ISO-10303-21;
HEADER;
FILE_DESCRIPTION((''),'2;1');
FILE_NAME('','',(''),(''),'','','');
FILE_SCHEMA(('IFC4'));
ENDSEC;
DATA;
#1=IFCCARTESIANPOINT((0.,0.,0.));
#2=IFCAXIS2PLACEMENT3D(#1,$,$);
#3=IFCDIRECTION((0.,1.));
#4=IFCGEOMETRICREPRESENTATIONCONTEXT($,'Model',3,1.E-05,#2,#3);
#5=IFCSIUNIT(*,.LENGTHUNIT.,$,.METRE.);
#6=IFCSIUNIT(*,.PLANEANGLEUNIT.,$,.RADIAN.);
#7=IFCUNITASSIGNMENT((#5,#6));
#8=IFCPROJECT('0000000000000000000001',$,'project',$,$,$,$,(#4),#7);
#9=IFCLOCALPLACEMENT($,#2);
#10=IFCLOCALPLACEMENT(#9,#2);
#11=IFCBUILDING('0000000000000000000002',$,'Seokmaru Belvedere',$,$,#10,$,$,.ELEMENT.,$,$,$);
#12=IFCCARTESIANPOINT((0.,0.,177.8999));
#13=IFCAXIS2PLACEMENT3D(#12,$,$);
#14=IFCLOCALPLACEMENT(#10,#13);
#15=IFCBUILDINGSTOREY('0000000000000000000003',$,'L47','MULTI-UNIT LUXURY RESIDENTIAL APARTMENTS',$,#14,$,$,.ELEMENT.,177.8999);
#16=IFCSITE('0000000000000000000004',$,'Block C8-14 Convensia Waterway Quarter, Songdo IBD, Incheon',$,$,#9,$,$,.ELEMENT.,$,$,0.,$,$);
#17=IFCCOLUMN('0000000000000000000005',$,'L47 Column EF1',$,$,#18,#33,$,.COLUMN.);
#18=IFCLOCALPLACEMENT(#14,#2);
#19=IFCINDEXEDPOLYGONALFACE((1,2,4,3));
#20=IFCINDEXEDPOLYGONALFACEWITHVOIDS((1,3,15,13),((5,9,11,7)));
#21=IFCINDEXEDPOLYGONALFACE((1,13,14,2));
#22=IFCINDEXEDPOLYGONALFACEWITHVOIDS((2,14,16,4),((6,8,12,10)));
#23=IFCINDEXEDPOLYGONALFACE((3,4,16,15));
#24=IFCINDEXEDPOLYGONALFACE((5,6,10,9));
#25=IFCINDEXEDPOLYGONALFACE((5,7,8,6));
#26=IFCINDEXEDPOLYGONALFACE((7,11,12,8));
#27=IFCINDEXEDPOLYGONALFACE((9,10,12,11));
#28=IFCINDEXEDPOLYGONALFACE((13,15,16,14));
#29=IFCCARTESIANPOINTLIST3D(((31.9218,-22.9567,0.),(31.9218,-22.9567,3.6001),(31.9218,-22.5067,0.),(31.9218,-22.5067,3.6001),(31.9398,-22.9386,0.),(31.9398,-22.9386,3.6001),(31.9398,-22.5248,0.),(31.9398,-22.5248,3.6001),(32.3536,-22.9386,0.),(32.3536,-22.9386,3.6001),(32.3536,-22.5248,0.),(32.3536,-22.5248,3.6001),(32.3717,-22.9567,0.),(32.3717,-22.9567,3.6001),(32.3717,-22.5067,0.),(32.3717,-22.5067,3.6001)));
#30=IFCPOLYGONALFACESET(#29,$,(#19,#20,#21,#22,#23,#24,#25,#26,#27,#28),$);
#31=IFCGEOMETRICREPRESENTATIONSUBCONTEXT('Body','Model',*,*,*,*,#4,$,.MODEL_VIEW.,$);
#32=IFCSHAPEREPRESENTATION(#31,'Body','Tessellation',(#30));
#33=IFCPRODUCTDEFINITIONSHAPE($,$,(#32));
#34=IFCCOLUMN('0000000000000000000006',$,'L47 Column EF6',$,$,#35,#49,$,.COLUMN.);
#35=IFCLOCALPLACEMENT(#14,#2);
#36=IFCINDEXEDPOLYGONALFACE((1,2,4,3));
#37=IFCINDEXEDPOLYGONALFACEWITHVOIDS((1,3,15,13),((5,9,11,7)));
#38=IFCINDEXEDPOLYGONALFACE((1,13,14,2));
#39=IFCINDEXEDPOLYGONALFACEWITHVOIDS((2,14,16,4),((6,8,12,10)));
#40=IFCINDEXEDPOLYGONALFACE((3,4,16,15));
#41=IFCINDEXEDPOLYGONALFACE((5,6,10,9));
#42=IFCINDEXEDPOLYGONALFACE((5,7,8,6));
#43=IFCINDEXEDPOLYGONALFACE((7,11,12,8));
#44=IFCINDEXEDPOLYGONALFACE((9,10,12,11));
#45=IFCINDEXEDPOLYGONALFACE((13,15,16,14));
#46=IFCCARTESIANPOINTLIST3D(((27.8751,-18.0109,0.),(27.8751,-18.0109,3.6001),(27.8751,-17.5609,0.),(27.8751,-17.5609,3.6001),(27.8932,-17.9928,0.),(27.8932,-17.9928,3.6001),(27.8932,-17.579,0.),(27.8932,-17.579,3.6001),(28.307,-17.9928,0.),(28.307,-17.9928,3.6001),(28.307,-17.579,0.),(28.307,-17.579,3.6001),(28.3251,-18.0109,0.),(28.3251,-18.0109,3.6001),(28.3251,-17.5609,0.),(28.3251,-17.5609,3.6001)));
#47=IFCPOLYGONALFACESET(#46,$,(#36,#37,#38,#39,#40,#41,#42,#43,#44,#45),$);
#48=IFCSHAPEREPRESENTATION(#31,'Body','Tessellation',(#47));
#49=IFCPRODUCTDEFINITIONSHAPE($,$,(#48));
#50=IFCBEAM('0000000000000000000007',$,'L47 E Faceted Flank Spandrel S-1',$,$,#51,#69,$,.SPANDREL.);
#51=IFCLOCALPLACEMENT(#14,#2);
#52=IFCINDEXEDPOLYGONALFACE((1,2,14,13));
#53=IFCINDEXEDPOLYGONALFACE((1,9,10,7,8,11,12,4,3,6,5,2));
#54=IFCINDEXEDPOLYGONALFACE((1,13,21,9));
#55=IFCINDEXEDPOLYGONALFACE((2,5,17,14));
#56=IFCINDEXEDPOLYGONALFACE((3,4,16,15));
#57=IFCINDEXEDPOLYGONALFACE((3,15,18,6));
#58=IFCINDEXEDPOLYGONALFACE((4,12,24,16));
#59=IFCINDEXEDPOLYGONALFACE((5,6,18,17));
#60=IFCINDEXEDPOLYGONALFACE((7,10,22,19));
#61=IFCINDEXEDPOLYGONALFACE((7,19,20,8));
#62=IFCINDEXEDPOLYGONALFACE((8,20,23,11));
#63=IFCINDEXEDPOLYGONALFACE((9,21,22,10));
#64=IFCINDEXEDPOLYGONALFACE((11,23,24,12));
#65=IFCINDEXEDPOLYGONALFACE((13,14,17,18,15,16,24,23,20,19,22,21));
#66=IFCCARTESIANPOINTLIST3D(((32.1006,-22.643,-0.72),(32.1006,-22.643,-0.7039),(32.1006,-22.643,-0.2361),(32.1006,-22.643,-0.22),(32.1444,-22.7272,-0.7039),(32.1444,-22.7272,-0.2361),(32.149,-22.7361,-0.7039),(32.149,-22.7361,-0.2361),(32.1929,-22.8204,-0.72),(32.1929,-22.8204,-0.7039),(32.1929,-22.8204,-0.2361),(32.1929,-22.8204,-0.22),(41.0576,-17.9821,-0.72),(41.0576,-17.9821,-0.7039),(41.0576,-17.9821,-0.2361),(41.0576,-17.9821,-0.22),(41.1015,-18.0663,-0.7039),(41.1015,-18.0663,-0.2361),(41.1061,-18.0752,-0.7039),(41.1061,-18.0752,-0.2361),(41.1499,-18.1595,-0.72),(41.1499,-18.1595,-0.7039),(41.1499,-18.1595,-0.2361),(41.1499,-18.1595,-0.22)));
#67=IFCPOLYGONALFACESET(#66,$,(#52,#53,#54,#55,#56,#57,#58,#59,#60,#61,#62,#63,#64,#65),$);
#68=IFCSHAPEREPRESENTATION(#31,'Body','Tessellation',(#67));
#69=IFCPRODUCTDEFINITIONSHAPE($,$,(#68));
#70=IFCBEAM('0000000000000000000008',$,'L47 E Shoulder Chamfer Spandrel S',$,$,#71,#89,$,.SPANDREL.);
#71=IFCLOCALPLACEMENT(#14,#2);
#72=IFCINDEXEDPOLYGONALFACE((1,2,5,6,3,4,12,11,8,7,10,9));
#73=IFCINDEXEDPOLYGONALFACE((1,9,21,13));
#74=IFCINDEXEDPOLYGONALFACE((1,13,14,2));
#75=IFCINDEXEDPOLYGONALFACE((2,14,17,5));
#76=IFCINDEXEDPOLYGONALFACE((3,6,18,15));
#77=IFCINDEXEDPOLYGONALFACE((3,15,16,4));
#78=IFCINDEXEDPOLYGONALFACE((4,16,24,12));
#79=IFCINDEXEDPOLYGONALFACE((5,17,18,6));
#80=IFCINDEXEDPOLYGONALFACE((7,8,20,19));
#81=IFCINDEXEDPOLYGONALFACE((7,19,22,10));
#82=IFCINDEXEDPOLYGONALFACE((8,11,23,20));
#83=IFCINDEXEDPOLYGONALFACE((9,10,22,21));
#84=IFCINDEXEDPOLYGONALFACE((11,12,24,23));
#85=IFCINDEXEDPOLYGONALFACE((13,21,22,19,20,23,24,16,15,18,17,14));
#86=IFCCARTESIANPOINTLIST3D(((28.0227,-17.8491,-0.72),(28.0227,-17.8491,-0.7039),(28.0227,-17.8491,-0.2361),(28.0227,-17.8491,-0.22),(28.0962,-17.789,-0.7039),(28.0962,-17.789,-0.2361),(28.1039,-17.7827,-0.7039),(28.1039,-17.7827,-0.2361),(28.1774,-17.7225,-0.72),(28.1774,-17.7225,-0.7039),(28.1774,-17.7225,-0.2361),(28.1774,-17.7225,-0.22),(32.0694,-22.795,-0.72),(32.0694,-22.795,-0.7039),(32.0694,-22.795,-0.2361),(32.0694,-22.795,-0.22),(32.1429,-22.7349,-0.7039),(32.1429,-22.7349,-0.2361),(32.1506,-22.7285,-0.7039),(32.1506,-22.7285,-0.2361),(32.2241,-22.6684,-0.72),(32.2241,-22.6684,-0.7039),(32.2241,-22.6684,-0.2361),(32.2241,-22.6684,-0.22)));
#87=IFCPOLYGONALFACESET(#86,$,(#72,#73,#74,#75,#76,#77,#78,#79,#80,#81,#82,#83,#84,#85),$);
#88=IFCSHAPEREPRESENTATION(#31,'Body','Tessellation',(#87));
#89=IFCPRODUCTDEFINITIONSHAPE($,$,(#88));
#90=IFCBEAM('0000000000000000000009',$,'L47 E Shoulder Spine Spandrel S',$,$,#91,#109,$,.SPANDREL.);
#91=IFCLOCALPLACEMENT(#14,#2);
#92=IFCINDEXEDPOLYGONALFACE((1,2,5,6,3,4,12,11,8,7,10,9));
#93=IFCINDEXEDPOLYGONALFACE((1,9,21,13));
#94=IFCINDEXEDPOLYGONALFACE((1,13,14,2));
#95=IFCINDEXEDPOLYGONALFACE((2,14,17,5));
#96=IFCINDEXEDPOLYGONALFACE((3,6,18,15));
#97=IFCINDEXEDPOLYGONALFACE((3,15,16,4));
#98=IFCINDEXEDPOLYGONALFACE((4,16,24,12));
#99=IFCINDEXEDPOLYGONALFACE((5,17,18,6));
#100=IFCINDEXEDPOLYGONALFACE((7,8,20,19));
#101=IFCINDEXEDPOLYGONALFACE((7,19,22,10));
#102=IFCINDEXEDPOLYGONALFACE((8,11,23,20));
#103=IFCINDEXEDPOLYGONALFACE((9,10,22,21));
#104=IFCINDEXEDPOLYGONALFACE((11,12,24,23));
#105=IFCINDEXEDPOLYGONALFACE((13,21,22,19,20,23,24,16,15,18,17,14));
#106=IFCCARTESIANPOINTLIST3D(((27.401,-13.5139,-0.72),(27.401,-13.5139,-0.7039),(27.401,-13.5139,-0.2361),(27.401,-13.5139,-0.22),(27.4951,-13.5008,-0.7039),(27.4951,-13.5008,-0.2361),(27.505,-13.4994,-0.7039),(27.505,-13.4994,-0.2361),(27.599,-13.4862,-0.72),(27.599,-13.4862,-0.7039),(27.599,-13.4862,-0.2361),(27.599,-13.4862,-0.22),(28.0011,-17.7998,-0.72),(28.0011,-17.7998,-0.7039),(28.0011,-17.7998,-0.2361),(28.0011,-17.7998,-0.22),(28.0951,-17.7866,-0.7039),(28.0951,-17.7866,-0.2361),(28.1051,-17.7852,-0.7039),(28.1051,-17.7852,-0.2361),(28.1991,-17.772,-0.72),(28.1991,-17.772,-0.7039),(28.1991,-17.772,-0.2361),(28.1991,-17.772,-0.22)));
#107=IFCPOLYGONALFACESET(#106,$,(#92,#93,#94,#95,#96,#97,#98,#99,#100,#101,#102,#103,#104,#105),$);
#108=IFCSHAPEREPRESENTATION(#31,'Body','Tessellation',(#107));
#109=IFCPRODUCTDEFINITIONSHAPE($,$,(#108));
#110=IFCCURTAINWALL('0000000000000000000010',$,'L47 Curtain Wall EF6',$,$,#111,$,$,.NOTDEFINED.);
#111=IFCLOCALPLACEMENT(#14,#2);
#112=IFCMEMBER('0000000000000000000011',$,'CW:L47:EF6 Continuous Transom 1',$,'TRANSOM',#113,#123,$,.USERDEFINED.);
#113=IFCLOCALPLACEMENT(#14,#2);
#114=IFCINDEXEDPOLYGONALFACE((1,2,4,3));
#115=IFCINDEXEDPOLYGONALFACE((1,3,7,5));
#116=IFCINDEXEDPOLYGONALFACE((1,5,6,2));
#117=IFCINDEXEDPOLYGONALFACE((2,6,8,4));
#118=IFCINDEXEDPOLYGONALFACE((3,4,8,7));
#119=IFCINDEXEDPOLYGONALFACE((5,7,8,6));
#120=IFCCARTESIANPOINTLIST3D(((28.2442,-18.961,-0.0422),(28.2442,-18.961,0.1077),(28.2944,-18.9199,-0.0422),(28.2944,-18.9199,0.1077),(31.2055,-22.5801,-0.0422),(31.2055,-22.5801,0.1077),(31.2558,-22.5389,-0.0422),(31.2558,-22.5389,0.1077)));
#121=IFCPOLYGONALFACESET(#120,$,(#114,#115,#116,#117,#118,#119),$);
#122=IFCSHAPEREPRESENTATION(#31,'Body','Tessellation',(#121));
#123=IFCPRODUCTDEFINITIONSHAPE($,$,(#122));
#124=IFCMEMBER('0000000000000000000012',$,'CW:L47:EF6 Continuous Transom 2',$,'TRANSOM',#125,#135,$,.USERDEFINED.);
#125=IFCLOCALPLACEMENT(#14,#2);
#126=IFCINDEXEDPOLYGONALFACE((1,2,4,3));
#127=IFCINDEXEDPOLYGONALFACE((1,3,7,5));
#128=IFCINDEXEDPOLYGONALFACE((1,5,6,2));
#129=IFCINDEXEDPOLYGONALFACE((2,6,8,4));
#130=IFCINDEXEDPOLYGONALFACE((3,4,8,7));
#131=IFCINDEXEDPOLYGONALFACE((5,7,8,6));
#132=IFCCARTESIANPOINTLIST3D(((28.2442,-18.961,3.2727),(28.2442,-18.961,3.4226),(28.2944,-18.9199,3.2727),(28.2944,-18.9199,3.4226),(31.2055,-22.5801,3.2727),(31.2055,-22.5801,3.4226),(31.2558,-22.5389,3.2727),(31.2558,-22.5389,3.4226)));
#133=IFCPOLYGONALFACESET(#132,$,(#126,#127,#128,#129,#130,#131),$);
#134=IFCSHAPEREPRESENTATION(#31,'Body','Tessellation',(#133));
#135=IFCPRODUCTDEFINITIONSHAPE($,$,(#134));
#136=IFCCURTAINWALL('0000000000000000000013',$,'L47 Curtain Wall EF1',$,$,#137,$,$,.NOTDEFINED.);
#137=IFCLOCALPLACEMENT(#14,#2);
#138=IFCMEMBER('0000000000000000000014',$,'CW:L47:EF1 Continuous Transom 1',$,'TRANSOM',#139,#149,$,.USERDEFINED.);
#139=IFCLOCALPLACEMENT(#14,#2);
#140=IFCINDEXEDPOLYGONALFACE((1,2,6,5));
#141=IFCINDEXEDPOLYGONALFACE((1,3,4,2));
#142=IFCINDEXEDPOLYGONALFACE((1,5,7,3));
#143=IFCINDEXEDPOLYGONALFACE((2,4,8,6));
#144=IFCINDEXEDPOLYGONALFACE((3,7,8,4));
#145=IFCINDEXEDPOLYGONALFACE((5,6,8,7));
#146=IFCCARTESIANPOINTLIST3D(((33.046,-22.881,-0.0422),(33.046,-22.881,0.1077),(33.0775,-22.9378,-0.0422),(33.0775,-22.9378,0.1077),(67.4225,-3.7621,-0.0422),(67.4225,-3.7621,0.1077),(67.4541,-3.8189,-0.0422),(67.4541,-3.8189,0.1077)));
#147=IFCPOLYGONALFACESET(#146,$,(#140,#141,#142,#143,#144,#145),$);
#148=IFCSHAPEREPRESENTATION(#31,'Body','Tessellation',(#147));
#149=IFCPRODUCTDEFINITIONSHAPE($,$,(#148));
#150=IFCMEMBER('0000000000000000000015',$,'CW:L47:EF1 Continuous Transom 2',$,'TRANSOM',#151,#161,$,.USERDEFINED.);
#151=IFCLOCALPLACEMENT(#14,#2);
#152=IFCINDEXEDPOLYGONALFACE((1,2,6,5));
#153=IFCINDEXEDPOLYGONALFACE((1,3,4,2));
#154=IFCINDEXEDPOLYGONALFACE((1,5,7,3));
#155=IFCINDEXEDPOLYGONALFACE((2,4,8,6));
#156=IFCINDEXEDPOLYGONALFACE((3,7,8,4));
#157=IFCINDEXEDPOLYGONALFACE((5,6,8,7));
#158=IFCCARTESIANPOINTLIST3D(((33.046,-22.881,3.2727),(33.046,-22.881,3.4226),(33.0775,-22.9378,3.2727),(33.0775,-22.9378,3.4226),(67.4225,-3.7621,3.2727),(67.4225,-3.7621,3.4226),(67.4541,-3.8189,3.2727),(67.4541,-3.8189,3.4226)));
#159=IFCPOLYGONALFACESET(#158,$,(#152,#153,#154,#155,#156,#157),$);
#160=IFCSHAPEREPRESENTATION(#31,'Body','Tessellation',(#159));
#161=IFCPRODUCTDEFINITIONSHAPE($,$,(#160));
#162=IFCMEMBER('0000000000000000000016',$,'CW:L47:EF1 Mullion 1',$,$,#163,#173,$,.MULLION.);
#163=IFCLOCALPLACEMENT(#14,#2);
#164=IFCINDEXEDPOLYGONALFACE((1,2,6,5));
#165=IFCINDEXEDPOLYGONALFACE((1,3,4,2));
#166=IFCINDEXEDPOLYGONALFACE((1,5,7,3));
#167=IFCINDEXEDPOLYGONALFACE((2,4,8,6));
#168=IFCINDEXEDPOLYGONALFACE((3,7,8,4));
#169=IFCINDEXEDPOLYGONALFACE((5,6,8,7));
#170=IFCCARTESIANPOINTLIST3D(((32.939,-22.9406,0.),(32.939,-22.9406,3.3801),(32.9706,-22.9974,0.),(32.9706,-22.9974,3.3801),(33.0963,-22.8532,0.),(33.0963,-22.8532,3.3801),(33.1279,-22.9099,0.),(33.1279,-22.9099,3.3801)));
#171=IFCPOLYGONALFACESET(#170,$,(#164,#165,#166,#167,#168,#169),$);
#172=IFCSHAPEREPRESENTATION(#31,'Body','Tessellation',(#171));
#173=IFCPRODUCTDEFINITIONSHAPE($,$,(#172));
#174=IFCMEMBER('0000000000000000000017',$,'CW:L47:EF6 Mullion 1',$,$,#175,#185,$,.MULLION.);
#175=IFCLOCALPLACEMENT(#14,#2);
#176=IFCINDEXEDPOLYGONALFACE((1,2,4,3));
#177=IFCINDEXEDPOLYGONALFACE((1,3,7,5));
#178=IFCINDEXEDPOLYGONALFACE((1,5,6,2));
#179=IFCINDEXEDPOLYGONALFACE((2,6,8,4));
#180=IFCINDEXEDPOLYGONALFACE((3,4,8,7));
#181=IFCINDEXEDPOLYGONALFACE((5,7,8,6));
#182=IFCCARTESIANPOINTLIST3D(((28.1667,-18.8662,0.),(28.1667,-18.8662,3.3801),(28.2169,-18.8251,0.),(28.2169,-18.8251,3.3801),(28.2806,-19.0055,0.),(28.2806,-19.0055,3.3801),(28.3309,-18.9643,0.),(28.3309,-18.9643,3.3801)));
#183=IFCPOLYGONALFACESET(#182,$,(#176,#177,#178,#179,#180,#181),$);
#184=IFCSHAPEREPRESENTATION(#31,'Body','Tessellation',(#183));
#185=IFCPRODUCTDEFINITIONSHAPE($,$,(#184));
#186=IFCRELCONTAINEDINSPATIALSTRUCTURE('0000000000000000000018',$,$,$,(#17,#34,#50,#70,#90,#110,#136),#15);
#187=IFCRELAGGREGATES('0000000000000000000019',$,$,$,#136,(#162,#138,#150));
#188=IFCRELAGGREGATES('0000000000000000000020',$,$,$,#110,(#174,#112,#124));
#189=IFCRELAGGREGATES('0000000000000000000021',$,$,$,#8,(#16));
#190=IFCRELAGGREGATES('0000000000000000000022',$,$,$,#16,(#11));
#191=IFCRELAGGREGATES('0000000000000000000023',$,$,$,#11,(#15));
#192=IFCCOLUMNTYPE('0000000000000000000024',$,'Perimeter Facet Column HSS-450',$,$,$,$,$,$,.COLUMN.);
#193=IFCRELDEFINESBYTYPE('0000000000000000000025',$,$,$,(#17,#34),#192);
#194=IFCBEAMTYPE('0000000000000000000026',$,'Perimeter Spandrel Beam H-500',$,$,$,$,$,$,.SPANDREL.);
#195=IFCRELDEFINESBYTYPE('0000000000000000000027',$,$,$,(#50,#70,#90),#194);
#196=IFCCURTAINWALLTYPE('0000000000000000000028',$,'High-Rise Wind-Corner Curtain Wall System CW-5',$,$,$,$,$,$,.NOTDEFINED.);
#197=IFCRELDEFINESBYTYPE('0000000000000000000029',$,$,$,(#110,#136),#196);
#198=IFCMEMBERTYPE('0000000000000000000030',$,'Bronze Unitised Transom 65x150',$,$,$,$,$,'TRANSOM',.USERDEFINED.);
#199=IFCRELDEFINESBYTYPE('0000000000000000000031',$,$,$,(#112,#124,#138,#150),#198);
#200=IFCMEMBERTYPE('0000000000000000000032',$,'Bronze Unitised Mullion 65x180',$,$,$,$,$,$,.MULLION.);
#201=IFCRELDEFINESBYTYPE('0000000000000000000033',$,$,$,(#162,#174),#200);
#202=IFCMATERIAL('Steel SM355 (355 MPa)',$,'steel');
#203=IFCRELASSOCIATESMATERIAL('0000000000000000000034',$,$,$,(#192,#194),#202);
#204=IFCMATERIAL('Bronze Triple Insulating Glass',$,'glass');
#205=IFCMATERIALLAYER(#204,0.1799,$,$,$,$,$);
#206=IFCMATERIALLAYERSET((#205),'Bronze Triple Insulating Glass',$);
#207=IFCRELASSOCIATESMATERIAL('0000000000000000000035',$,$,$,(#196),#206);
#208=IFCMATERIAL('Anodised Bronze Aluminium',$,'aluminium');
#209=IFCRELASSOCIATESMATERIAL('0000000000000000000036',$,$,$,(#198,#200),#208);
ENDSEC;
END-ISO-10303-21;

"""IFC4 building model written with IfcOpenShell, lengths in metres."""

from ifc_helpers import new_model, si_unit, direction, frame, origin, origin_2d, place, context, subcontext, project, spatial, rectangle, hollow_rectangle, i_section, extrude, source, transform, mapped, material, layer, layer_set, material_profile, profile_set, type_object, type_shapes, element, aggregate, save


model = new_model("IFC4")

# Units and contexts
model_context = context("Model", 3, precision=1e-05, world=origin(), true_north=direction((0.0, 1.0)))
body_context = subcontext(model_context, "Body", "Model", "MODEL_VIEW")
ifc_project = project(units=[si_unit("LENGTHUNIT", "METRE"), si_unit("PLANEANGLEUNIT", "RADIAN")], contexts=[model_context])

# Site, building, storey
site_placement = place(None, origin())
site = spatial("IfcSite", under=ifc_project, at=site_placement, Name="Block C8-14 Convensia Waterway Quarter, Songdo IBD, Incheon", CompositionType="ELEMENT", RefElevation=0.0)
building_placement = place(site_placement, origin())
building = spatial("IfcBuilding", under=site, at=building_placement, Name="Seokmaru Belvedere", CompositionType="ELEMENT")
storey_placement = place(building_placement, frame((0.0, 0.0, 177.8999)))
storey = spatial("IfcBuildingStorey", under=building, at=storey_placement, Name="L47", Description="MULTI-UNIT LUXURY RESIDENTIAL APARTMENTS", CompositionType="ELEMENT", Elevation=177.8999)

# Columns
ifc_material_1 = material(Name="Steel SM355 (355 MPa)", Category="steel")
ifc_material_profile_1 = material_profile(ifc_material_1, hollow_rectangle(XDim=0.45, YDim=0.45, WallThickness=0.0181, at=origin_2d()), Name="HSS-450x450x18")
ifc_profile_set_1 = profile_set([ifc_material_profile_1], Name="Steel SM355 (355 MPa)")
column_type = type_object("IfcColumnType", Name="Perimeter Facet Column HSS-450", PredefinedType="COLUMN", material=ifc_profile_set_1)
shared_shape_1 = source(origin(), body_context, "Body", "SweptSolid", [
    extrude(hollow_rectangle(XDim=0.45, YDim=0.45, WallThickness=0.0181, at=origin_2d()), origin(), (0.0, 0.0, 1.0), 3.6001),
])
type_shapes(column_type, [shared_shape_1])
for number, where, z_axis, x_axis, name in (
    (1, (32.1467, -22.7317, 0.0), (0.0, 0.0, 1.0), (1.0, 0.0, 0.0), "L47 Column EF1"),
    (2, (28.1001, -17.7859, 0.0), (0.0, 0.0, 1.0), (1.0, 0.0, 0.0), "L47 Column EF6"),
):
    element("IfcColumn", number, at=place(storey_placement, frame(where, z_axis=z_axis, x_axis=x_axis)), inside=storey, type_object=column_type, Name=name, PredefinedType="COLUMN", context=body_context, shape_type="MappedRepresentation", body=[
        mapped(shared_shape_1, transform((0.0, 0.0, 0.0), scale=1.0)),
    ])

# Beams
ifc_material_profile_2 = material_profile(ifc_material_1, i_section(OverallWidth=0.2, OverallDepth=0.5, WebThickness=0.01, FlangeThickness=0.0161, at=origin_2d()), Name="H-500x200x10x16")
ifc_profile_set_2 = profile_set([ifc_material_profile_2], Name="Steel SM355 (355 MPa)")
beam_type_1 = type_object("IfcBeamType", Name="Perimeter Spandrel Beam H-500", PredefinedType="SPANDREL", material=ifc_profile_set_2)
shared_shape_2 = source(origin(), body_context, "Body", "SweptSolid", [
    extrude(i_section(OverallWidth=0.2, OverallDepth=0.5, WebThickness=0.01, FlangeThickness=0.0161, at=origin_2d()), origin(), (0.0, 0.0, 1.0), 10.0972),
])
beam_1_placement = place(storey_placement, frame((32.1467, -22.7317, -0.47), z_axis=(0.887086, 0.461605, 0.0), x_axis=(-0.461605, 0.887086, 0.0)))
element("IfcBeam", 3, at=beam_1_placement, inside=storey, type_object=beam_type_1, Name="L47 E Faceted Flank Spandrel S-1", PredefinedType="SPANDREL", context=body_context, shape_type="MappedRepresentation", body=[
    mapped(shared_shape_2, transform((0.0, 0.0, 0.0), scale=1.0)),
])
shared_shape_3 = source(origin(), body_context, "Body", "SweptSolid", [
    extrude(i_section(OverallWidth=0.2, OverallDepth=0.5, WebThickness=0.01, FlangeThickness=0.0161, at=origin_2d()), origin(), (0.0, 0.0, 1.0), 6.3904),
])
beam_2_placement = place(storey_placement, frame((32.1467, -22.7317, -0.47), z_axis=(-0.633244, 0.773952, 0.0), x_axis=(-0.773952, -0.633244, 0.0)))
element("IfcBeam", 4, at=beam_2_placement, inside=storey, type_object=beam_type_1, Name="L47 E Shoulder Chamfer Spandrel S", PredefinedType="SPANDREL", context=body_context, shape_type="MappedRepresentation", body=[
    mapped(shared_shape_3, transform((0.0, 0.0, 0.0), scale=1.0)),
])
shared_shape_4 = source(origin(), body_context, "Body", "SweptSolid", [
    extrude(i_section(OverallWidth=0.2, OverallDepth=0.5, WebThickness=0.01, FlangeThickness=0.0161, at=origin_2d()), origin(), (0.0, 0.0, 1.0), 4.3276),
])
type_shapes(beam_type_1, [shared_shape_2, shared_shape_3, shared_shape_4])
beam_3_placement = place(storey_placement, frame((28.1001, -17.7859, -0.47), z_axis=(-0.138664, 0.990339, 0.0), x_axis=(-0.990339, -0.138664, 0.0)))
element("IfcBeam", 5, at=beam_3_placement, inside=storey, type_object=beam_type_1, Name="L47 E Shoulder Spine Spandrel S", PredefinedType="SPANDREL", context=body_context, shape_type="MappedRepresentation", body=[
    mapped(shared_shape_4, transform((0.0, 0.0, 0.0), scale=1.0)),
])

# Curtain walls, members
ifc_material_2 = material(Name="Bronze Triple Insulating Glass", Category="glass")
ifc_layer_1 = layer(ifc_material_2, 0.1799)
ifc_layer_set_1 = layer_set([ifc_layer_1], Name="Bronze Triple Insulating Glass")
curtain_wall_type = type_object("IfcCurtainWallType", Name="High-Rise Wind-Corner Curtain Wall System CW-5", PredefinedType="NOTDEFINED", material=ifc_layer_set_1)
curtain_wall_1_placement = place(storey_placement, origin())
curtain_wall_1 = element("IfcCurtainWall", 6, at=curtain_wall_1_placement, inside=storey, type_object=curtain_wall_type, Name="L47 Curtain Wall EF6", PredefinedType="NOTDEFINED")
ifc_material_3 = material(Name="Anodised Bronze Aluminium", Category="aluminium")
ifc_material_profile_3 = material_profile(ifc_material_3, rectangle(XDim=0.0649, YDim=0.1499, at=origin_2d()), Name="CW-T-65x150")
ifc_profile_set_3 = profile_set([ifc_material_profile_3], Name="Anodised Bronze Aluminium")
member_type_1 = type_object("IfcMemberType", Name="Bronze Unitised Transom 65x150", ElementType="TRANSOM", PredefinedType="USERDEFINED", material=ifc_profile_set_3)
shared_shape_5 = source(origin(), body_context, "Body", "SweptSolid", [
    extrude(rectangle(XDim=0.0649, YDim=0.1499, at=origin_2d()), origin(), (0.0, 0.0, 1.0), 4.6763),
])
member_1_placement = place(storey_placement, frame((28.2693, -18.9404, 0.0327), z_axis=(0.633278, -0.773925, 0.0), x_axis=(0.773925, 0.633278, 0.0)))
member_1 = element("IfcMember", 7, at=member_1_placement, type_object=member_type_1, Name="CW:L47:EF6 Continuous Transom 1", ObjectType="TRANSOM", PredefinedType="USERDEFINED", context=body_context, shape_type="MappedRepresentation", body=[
    mapped(shared_shape_5, transform((0.0, 0.0, 0.0), scale=1.0)),
])
member_2_placement = place(storey_placement, frame((28.2693, -18.9404, 3.3477), z_axis=(0.633278, -0.773925, 0.0), x_axis=(0.773925, 0.633278, 0.0)))
member_2 = element("IfcMember", 8, at=member_2_placement, type_object=member_type_1, Name="CW:L47:EF6 Continuous Transom 2", ObjectType="TRANSOM", PredefinedType="USERDEFINED", context=body_context, shape_type="MappedRepresentation", body=[
    mapped(shared_shape_5, transform((0.0, 0.0, 0.0), scale=1.0)),
])
curtain_wall_2_placement = place(storey_placement, origin())
curtain_wall_2 = element("IfcCurtainWall", 9, at=curtain_wall_2_placement, inside=storey, type_object=curtain_wall_type, Name="L47 Curtain Wall EF1", PredefinedType="NOTDEFINED")
shared_shape_6 = source(origin(), body_context, "Body", "SweptSolid", [
    extrude(rectangle(XDim=0.0649, YDim=0.1499, at=origin_2d()), origin(), (0.0, 0.0, 1.0), 39.3354),
])
type_shapes(member_type_1, [shared_shape_5, shared_shape_6])
member_3_placement = place(storey_placement, frame((33.0618, -22.9094, 0.0327), z_axis=(0.873932, 0.486048, 0.0), x_axis=(-0.486048, 0.873932, 0.0)))
member_3 = element("IfcMember", 10, at=member_3_placement, type_object=member_type_1, Name="CW:L47:EF1 Continuous Transom 1", ObjectType="TRANSOM", PredefinedType="USERDEFINED", context=body_context, shape_type="MappedRepresentation", body=[
    mapped(shared_shape_6, transform((0.0, 0.0, 0.0), scale=1.0)),
])
member_4_placement = place(storey_placement, frame((33.0618, -22.9094, 3.3477), z_axis=(0.873932, 0.486048, 0.0), x_axis=(-0.486048, 0.873932, 0.0)))
member_4 = element("IfcMember", 11, at=member_4_placement, type_object=member_type_1, Name="CW:L47:EF1 Continuous Transom 2", ObjectType="TRANSOM", PredefinedType="USERDEFINED", context=body_context, shape_type="MappedRepresentation", body=[
    mapped(shared_shape_6, transform((0.0, 0.0, 0.0), scale=1.0)),
])
ifc_material_profile_4 = material_profile(ifc_material_3, rectangle(XDim=0.0649, YDim=0.1799, at=origin_2d()), Name="CW-M-65x180")
ifc_profile_set_4 = profile_set([ifc_material_profile_4], Name="Anodised Bronze Aluminium")
member_type_2 = type_object("IfcMemberType", Name="Bronze Unitised Mullion 65x180", PredefinedType="MULLION", material=ifc_profile_set_4)
shared_shape_7 = source(origin(), body_context, "Body", "SweptSolid", [
    extrude(rectangle(XDim=0.0649, YDim=0.1799, at=origin_2d()), origin(), (0.0, 0.0, 1.0), 3.3801),
])
type_shapes(member_type_2, [shared_shape_7])
member_5_placement = place(storey_placement, frame((33.0334, -22.9253, 0.0), z_axis=(0.0, 0.0, 1.0), x_axis=(-0.486047, 0.873933, 0.0)))
member_5 = element("IfcMember", 12, at=member_5_placement, type_object=member_type_2, Name="CW:L47:EF1 Mullion 1", PredefinedType="MULLION", context=body_context, shape_type="MappedRepresentation", body=[
    mapped(shared_shape_7, transform((0.0, 0.0, 0.0), scale=1.0)),
])
aggregate(curtain_wall_2, [member_5, member_3, member_4])

# Member
member_6_placement = place(storey_placement, frame((28.2488, -18.9153, 0.0), z_axis=(0.0, 0.0, 1.0), x_axis=(0.773944, 0.633254, 0.0)))
member_6 = element("IfcMember", 13, at=member_6_placement, type_object=member_type_2, Name="CW:L47:EF6 Mullion 1", PredefinedType="MULLION", context=body_context, shape_type="MappedRepresentation", body=[
    mapped(shared_shape_7, transform((0.0, 0.0, 0.0), scale=1.0)),
])

aggregate(curtain_wall_1, [member_6, member_1, member_2])

save(model, "model.ifc")
